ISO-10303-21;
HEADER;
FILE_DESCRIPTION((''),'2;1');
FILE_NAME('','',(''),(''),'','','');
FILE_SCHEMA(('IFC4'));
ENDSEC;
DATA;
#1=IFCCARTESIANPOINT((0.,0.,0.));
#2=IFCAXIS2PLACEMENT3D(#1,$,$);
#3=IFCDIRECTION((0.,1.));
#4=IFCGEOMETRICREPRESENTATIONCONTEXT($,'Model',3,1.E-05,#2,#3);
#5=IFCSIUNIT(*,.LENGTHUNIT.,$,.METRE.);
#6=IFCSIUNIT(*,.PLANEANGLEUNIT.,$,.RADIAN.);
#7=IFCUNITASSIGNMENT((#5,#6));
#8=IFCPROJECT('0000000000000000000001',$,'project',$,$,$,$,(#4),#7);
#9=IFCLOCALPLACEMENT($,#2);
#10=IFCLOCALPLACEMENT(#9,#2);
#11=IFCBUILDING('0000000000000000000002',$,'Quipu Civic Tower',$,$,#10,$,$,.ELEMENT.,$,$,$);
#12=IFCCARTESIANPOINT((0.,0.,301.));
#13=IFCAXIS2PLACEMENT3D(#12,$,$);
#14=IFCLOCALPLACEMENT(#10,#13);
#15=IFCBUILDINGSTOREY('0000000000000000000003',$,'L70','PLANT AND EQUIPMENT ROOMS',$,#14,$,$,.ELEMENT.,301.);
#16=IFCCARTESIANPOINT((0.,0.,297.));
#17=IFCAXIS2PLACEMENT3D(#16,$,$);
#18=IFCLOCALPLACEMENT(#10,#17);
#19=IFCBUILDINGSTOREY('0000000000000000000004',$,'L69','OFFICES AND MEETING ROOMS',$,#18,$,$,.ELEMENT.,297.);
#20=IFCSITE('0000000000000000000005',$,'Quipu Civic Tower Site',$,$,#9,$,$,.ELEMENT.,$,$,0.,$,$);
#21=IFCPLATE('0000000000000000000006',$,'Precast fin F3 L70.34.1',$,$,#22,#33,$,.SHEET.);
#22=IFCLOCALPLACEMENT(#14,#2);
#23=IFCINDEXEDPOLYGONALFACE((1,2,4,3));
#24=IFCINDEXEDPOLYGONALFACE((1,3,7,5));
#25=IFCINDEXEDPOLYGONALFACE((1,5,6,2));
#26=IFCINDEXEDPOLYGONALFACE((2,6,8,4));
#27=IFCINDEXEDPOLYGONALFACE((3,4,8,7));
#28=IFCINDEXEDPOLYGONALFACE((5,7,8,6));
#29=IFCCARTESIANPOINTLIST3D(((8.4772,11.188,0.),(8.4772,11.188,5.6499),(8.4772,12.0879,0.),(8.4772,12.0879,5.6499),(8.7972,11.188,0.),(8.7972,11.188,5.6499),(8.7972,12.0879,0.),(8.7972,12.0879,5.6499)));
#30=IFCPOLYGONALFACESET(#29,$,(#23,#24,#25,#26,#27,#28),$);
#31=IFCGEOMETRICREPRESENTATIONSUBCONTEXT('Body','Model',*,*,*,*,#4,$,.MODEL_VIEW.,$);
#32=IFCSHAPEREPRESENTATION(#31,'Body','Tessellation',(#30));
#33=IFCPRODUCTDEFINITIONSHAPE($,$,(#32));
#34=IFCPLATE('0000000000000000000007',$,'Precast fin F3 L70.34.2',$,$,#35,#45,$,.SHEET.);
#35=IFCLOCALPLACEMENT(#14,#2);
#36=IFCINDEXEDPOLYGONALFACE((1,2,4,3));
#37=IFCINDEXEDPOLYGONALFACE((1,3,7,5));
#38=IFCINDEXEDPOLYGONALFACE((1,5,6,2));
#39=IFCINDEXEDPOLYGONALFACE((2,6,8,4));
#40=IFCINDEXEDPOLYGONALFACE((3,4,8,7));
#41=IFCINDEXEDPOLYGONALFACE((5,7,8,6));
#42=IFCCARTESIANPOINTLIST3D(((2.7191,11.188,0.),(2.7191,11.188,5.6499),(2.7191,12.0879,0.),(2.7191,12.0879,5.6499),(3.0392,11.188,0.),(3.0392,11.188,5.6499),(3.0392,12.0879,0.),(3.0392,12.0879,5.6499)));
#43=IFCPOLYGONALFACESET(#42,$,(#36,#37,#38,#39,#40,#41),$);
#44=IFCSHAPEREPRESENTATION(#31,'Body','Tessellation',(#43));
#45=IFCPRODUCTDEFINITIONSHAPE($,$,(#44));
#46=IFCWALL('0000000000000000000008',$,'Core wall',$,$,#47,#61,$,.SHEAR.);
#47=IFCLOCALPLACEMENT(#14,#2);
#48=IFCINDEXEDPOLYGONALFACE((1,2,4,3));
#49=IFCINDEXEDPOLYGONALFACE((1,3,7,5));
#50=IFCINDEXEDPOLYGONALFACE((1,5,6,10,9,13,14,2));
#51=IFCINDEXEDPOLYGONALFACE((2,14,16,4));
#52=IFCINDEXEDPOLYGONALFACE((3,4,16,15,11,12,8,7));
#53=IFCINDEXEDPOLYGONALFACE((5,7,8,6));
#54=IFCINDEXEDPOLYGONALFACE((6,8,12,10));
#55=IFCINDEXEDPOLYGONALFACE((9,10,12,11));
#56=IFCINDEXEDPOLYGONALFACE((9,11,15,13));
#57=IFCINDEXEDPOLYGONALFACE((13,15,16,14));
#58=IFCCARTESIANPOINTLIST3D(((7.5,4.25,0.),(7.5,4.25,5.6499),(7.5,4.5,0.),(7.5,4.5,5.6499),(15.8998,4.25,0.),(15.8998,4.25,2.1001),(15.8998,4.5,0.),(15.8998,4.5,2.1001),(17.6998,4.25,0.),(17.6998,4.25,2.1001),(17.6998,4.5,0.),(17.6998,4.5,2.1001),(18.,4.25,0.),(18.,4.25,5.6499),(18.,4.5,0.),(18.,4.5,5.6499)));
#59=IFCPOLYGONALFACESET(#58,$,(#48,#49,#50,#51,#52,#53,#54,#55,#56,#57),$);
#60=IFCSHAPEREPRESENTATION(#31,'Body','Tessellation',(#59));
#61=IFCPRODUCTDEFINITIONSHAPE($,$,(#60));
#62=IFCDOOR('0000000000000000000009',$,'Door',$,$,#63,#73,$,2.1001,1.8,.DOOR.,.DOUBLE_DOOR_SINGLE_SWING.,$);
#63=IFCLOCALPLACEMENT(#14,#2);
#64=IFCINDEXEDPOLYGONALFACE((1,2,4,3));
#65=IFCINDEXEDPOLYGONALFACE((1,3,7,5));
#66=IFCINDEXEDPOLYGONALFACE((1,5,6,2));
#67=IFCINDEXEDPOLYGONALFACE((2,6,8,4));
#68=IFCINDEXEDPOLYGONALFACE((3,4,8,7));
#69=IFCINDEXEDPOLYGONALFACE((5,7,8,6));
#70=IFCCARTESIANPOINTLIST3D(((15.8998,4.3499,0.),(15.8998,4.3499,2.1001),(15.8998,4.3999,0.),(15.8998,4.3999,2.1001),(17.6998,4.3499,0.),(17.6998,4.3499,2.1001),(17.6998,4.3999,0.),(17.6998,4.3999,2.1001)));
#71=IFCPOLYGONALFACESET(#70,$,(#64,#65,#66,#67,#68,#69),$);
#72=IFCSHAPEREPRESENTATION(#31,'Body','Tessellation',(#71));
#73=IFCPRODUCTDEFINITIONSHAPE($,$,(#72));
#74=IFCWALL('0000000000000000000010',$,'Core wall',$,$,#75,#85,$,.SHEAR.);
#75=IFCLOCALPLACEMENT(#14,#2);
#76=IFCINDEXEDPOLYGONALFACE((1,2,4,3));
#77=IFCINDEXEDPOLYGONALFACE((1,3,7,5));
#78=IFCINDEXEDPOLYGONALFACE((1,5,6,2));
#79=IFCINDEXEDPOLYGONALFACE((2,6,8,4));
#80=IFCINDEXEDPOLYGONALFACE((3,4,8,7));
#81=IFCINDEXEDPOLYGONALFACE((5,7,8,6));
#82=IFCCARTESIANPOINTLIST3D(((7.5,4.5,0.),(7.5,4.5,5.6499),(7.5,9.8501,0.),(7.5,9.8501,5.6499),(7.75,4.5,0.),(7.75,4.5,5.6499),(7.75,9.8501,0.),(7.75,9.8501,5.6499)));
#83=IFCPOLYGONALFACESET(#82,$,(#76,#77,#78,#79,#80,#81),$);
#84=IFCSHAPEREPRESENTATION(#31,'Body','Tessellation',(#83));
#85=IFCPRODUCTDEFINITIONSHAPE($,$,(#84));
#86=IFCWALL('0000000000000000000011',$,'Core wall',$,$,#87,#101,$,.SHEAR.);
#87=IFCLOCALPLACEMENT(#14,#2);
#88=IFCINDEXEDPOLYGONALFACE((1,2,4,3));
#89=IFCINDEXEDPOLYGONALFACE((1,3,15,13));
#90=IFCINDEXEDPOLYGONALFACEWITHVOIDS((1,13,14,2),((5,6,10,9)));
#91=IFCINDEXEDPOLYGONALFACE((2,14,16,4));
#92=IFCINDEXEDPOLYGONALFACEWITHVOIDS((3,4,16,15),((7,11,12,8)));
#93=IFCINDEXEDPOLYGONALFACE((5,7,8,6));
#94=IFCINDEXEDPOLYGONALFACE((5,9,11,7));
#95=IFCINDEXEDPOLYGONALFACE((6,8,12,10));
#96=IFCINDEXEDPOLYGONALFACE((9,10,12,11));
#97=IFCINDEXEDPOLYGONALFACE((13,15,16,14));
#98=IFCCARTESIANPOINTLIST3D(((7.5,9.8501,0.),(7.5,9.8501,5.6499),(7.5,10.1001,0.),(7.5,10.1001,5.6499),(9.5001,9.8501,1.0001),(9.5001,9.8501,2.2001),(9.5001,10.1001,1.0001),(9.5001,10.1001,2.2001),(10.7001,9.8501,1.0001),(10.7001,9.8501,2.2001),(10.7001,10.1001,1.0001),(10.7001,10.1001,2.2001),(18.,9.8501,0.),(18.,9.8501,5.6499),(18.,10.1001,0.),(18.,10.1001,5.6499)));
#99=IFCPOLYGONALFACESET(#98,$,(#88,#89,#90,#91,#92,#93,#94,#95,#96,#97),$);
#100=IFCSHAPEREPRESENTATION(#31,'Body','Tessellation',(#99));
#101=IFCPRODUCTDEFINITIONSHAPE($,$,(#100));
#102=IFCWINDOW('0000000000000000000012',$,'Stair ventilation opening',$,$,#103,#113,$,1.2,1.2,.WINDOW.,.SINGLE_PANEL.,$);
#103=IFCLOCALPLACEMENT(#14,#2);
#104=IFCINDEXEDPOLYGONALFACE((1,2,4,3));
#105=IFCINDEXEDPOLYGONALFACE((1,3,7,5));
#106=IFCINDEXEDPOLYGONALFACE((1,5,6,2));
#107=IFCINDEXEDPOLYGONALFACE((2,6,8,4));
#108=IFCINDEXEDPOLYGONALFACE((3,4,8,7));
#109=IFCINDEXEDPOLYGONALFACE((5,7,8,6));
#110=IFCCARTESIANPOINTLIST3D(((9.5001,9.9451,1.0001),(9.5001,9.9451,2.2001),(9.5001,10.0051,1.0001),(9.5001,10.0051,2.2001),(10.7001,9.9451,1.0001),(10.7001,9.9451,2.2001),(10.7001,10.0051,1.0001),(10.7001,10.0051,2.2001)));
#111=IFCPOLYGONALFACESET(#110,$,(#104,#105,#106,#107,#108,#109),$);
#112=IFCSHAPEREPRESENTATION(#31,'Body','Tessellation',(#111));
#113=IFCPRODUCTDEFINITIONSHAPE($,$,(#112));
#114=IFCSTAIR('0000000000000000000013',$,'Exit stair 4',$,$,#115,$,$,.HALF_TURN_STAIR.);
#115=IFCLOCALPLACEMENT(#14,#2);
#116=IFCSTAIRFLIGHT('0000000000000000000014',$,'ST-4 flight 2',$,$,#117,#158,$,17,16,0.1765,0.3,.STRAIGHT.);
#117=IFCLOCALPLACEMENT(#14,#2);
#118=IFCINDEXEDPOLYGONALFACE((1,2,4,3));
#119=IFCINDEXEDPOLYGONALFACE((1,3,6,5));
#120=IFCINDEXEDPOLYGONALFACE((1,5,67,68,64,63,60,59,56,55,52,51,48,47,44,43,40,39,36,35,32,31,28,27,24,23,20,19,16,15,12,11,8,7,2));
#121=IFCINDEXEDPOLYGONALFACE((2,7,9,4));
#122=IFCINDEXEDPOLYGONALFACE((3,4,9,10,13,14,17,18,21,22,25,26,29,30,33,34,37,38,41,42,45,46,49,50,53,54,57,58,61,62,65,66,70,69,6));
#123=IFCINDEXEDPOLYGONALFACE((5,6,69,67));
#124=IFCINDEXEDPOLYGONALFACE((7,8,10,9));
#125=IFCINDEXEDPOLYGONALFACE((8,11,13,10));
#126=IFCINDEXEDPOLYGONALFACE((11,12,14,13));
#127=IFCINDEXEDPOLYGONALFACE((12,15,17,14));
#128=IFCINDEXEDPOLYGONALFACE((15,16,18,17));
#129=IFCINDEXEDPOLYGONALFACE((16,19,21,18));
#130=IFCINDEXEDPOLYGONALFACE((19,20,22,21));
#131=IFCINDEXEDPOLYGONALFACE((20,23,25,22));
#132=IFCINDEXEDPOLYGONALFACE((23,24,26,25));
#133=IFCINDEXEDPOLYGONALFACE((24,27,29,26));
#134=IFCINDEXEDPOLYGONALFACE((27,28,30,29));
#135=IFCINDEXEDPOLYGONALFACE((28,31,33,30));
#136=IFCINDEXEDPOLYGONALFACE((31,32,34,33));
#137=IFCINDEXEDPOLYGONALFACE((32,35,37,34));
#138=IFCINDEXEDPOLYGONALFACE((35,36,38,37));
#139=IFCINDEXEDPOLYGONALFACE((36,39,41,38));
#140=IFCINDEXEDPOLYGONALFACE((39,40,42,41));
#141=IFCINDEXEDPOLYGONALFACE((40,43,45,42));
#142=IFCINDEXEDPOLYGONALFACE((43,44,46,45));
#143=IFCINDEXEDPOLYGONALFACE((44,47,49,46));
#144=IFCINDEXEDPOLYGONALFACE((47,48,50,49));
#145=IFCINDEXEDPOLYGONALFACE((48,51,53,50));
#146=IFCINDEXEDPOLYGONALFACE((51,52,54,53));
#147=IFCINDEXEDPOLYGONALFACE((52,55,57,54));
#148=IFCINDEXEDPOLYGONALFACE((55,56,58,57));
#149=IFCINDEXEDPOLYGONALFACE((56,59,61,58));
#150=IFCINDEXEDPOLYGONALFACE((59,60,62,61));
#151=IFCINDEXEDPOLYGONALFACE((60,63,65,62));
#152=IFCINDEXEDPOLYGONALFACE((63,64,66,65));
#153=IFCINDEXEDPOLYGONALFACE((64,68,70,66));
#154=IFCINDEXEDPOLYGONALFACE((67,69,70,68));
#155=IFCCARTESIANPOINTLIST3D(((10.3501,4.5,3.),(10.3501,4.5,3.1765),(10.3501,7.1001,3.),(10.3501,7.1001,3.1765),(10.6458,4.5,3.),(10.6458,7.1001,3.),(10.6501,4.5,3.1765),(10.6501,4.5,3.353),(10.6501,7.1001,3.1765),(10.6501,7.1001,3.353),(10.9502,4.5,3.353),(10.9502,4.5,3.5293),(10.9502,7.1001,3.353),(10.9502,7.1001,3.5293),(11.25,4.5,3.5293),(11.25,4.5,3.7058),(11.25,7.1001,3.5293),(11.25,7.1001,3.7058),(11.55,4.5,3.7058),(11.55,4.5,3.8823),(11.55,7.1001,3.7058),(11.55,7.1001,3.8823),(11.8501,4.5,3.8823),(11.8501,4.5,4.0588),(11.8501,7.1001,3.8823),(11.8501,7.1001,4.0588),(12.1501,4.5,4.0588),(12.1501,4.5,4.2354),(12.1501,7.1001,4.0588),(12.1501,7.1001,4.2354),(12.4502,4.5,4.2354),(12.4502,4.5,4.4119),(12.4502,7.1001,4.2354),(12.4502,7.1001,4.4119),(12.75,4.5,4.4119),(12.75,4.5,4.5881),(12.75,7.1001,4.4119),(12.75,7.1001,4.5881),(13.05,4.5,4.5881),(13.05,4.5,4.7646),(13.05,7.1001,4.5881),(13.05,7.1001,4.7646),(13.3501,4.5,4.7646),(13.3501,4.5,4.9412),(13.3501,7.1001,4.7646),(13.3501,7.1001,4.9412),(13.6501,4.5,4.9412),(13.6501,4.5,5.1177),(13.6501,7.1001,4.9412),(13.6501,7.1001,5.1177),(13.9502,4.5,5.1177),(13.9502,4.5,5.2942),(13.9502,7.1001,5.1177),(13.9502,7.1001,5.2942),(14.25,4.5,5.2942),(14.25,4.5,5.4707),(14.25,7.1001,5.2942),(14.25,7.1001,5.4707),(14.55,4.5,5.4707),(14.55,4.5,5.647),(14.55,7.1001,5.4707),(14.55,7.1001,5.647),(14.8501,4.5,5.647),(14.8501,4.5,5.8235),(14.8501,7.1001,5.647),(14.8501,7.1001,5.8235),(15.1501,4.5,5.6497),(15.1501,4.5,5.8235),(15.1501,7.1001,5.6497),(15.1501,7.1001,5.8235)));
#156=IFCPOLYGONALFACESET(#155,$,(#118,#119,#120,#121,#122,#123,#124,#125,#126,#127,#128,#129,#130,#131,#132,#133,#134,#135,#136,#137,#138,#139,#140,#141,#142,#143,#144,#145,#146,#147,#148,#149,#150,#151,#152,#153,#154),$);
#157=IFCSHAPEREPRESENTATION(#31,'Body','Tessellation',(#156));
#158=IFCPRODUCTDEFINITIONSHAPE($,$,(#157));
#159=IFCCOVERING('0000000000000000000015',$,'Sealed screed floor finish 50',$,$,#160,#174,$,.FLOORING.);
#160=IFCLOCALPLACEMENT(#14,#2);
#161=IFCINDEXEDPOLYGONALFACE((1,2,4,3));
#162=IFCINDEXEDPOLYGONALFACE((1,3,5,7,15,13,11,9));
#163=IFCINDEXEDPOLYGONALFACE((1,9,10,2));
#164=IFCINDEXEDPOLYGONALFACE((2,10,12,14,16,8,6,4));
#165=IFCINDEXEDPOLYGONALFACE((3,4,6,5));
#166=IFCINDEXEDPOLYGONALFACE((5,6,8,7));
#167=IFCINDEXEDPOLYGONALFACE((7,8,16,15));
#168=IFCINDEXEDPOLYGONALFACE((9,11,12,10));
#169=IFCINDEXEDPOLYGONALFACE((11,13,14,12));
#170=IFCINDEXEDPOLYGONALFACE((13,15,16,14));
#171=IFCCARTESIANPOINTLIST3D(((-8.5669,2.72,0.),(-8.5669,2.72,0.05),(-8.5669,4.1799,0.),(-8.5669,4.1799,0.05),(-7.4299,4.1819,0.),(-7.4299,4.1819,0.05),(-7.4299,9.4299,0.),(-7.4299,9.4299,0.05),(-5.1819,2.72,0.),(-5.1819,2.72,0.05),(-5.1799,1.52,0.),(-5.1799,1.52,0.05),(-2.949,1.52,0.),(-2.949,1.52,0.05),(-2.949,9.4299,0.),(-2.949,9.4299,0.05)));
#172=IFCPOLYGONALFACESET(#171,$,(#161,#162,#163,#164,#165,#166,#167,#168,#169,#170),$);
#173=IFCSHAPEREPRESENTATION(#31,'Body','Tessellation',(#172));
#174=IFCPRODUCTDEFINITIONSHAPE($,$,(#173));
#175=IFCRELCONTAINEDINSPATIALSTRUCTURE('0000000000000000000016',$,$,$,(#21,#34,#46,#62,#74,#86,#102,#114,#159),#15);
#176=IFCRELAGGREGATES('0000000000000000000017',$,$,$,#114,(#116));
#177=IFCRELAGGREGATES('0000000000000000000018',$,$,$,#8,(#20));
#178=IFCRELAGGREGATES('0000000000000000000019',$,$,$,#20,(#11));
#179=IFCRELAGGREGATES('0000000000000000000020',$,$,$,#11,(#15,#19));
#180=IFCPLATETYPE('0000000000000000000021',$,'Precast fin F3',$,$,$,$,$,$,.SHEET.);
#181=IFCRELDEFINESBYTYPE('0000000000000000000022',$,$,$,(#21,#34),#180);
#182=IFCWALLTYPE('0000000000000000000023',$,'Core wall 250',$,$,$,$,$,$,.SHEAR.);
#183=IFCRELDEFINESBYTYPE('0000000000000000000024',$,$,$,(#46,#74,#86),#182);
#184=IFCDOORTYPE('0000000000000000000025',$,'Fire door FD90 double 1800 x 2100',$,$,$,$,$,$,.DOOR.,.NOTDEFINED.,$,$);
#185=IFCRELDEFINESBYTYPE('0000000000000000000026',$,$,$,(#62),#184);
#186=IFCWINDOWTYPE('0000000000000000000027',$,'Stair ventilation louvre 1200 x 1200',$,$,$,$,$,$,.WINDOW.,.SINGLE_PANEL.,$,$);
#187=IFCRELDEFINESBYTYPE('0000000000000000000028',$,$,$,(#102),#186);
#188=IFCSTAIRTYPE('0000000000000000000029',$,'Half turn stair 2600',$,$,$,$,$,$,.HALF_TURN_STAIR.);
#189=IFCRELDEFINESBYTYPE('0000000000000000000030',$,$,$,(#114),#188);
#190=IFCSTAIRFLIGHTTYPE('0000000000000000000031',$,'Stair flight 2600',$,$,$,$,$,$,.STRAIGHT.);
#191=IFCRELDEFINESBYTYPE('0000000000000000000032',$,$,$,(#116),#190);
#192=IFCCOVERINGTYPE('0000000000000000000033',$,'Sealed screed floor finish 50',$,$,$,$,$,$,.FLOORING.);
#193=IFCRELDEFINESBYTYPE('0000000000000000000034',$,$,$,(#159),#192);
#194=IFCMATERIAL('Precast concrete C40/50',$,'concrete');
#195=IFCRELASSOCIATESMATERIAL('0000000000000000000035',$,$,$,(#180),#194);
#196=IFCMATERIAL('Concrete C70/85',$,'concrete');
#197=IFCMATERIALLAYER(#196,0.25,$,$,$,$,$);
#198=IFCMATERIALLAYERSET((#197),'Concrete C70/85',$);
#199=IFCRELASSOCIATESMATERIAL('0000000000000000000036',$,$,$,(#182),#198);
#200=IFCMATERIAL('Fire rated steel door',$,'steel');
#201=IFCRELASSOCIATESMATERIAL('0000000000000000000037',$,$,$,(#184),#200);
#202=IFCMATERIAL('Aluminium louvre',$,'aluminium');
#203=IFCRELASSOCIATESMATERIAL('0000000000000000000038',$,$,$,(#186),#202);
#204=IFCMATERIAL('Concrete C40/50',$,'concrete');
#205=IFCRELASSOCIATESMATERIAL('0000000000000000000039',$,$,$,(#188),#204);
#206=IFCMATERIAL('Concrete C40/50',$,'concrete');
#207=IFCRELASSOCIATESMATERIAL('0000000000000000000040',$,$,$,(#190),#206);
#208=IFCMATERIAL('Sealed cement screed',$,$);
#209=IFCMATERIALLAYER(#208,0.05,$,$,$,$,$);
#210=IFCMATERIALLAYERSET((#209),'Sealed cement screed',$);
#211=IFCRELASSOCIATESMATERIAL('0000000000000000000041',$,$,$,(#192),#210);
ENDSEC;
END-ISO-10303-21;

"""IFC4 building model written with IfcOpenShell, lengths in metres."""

from ifc_helpers import new_model, si_unit, direction, frame, frame_2d, origin, origin_2d, place, context, subcontext, project, spatial, polyline, rectangle, outline, extrude, material, layer, layer_set, type_object, element, fill, aggregate, save


model = new_model("IFC4")

# Units and contexts
model_context = context("Model", 3, precision=1e-05, world=origin(), true_north=direction((0.0, 1.0)))
body_context = subcontext(model_context, "Body", "Model", "MODEL_VIEW")
ifc_project = project(units=[si_unit("LENGTHUNIT", "METRE"), si_unit("PLANEANGLEUNIT", "RADIAN")], contexts=[model_context])

# Site, building, storey
site_placement = place(None, origin())
site = spatial("IfcSite", under=ifc_project, at=site_placement, Name="Quipu Civic Tower Site", CompositionType="ELEMENT", RefElevation=0.0)
building_placement = place(site_placement, origin())
building = spatial("IfcBuilding", under=site, at=building_placement, Name="Quipu Civic Tower", CompositionType="ELEMENT")
storey_1_placement = place(building_placement, frame((0.0, 0.0, 301.0)))
storey_1 = spatial("IfcBuildingStorey", under=building, at=storey_1_placement, Name="L70", Description="PLANT AND EQUIPMENT ROOMS", CompositionType="ELEMENT", Elevation=301.0)

# Shared definitions
storey_2_placement = place(building_placement, frame((0.0, 0.0, 297.0)))
storey_2 = spatial("IfcBuildingStorey", under=building, at=storey_2_placement, Name="L69", Description="OFFICES AND MEETING ROOMS", CompositionType="ELEMENT", Elevation=297.0)

# Plates
ifc_material_1 = material(Name="Precast concrete C40/50", Category="concrete")
plate_type = type_object("IfcPlateType", Name="Precast fin F3", PredefinedType="SHEET", material=ifc_material_1)
for number, where, z_axis, x_axis, name in (
    (1, (8.6372, 11.6379, 0.0), (0.0, 0.0, 1.0), (-1.0, 0.0, 0.0), "Precast fin F3 L70.34.1"),
    (2, (2.8792, 11.6379, 0.0), (0.0, 0.0, 1.0), (-1.0, 0.0, 0.0), "Precast fin F3 L70.34.2"),
):
    element("IfcPlate", number, at=place(storey_1_placement, frame(where, z_axis=z_axis, x_axis=x_axis)), inside=storey_1, type_object=plate_type, Name=name, PredefinedType="SHEET", context=body_context, shape_type="SweptSolid", body=[
        extrude(rectangle(XDim=0.3201, YDim=0.8999, at=origin_2d()), origin(), (0.0, 0.0, 1.0), 5.6499),
    ])

# Wall, opening, door
ifc_material_2 = material(Name="Concrete C70/85", Category="concrete")
ifc_layer_1 = layer(ifc_material_2, 0.25)
ifc_layer_set_1 = layer_set([ifc_layer_1], Name="Concrete C70/85")
wall_type = type_object("IfcWallType", Name="Core wall 250", PredefinedType="SHEAR", material=ifc_layer_set_1)
wall_1_placement = place(storey_1_placement, frame((7.5, 4.375, 0.0), z_axis=(0.0, 0.0, 1.0), x_axis=(1.0, 0.0, 0.0)))
wall_1 = element("IfcWall", 3, at=wall_1_placement, inside=storey_1, type_object=wall_type, Name="Core wall", PredefinedType="SHEAR", context=body_context, shape_type="SweptSolid", body=[
    extrude(rectangle(XDim=10.5, YDim=0.25, at=frame_2d((5.25, 0.0))), origin(), (0.0, 0.0, 1.0), 5.6499),
])
opening_1_placement = place(wall_1_placement, frame((8.3999, 0.0, 0.0)))
opening_1 = element("IfcOpeningElement", 4, at=opening_1_placement, cuts=wall_1, PredefinedType="OPENING", context=body_context, shape_type="SweptSolid", body=[
    extrude(rectangle(XDim=1.8, YDim=2.1001, at=frame_2d((0.8999, 1.05))), frame((0.0, 0.135, 0.0), z_axis=(0.0, -1.0, 0.0), x_axis=(1.0, 0.0, 0.0)), (0.0, 0.0, 1.0), 0.27),
])
ifc_material_3 = material(Name="Fire rated steel door", Category="steel")
door_type = type_object("IfcDoorType", Name="Fire door FD90 double 1800 x 2100", OperationType="NOTDEFINED", PredefinedType="DOOR", material=ifc_material_3)
door_placement = place(opening_1_placement, origin())
door = element("IfcDoor", 5, at=door_placement, inside=storey_1, type_object=door_type, Name="Door", OperationType="DOUBLE_DOOR_SINGLE_SWING", OverallHeight=2.1001, OverallWidth=1.8, PredefinedType="DOOR", context=body_context, shape_type="SweptSolid", body=[
    extrude(rectangle(XDim=1.8, YDim=2.1001, at=frame_2d((0.8999, 1.05))), frame((0.0, 0.0249, 0.0), z_axis=(0.0, -1.0, 0.0), x_axis=(1.0, 0.0, 0.0)), (0.0, 0.0, 1.0), 0.05),
])
fill(opening_1, door)

# Wall
wall_2_placement = place(storey_1_placement, frame((7.625, 4.5, 0.0), z_axis=(0.0, 0.0, 1.0), x_axis=(0.0, 1.0, 0.0)))
element("IfcWall", 6, at=wall_2_placement, inside=storey_1, type_object=wall_type, Name="Core wall", PredefinedType="SHEAR", context=body_context, shape_type="SweptSolid", body=[
    extrude(rectangle(XDim=5.3501, YDim=0.25, at=frame_2d((2.675, 0.0))), origin(), (0.0, 0.0, 1.0), 5.6499),
])

# Wall, opening, window
wall_3_placement = place(storey_1_placement, frame((7.5, 9.9751, 0.0), z_axis=(0.0, 0.0, 1.0), x_axis=(1.0, 0.0, 0.0)))
wall_3 = element("IfcWall", 7, at=wall_3_placement, inside=storey_1, type_object=wall_type, Name="Core wall", PredefinedType="SHEAR", context=body_context, shape_type="SweptSolid", body=[
    extrude(rectangle(XDim=10.5, YDim=0.25, at=frame_2d((5.25, 0.0))), origin(), (0.0, 0.0, 1.0), 5.6499),
])
opening_2_placement = place(wall_3_placement, frame((2.0, 0.0, 1.0)))
opening_2 = element("IfcOpeningElement", 8, at=opening_2_placement, cuts=wall_3, PredefinedType="OPENING", context=body_context, shape_type="SweptSolid", body=[
    extrude(rectangle(XDim=1.2, YDim=1.2, at=frame_2d((0.6001, 0.6001))), frame((0.0, 0.135, 0.0), z_axis=(0.0, -1.0, 0.0), x_axis=(1.0, 0.0, 0.0)), (0.0, 0.0, 1.0), 0.27),
])
ifc_material_4 = material(Name="Aluminium louvre", Category="aluminium")
window_type = type_object("IfcWindowType", Name="Stair ventilation louvre 1200 x 1200", PartitioningType="SINGLE_PANEL", PredefinedType="WINDOW", material=ifc_material_4)
window_placement = place(opening_2_placement, origin())
window = element("IfcWindow", 9, at=window_placement, inside=storey_1, type_object=window_type, Name="Stair ventilation opening", OverallHeight=1.2, OverallWidth=1.2, PartitioningType="SINGLE_PANEL", PredefinedType="WINDOW", context=body_context, shape_type="SweptSolid", body=[
    extrude(rectangle(XDim=1.2, YDim=1.2, at=frame_2d((0.6001, 0.6001))), frame((0.0, 0.03, 0.0), z_axis=(0.0, -1.0, 0.0), x_axis=(1.0, 0.0, 0.0)), (0.0, 0.0, 1.0), 0.0601),
])
fill(opening_2, window)

# Stair, stair flight
ifc_material_5 = material(Name="Concrete C40/50", Category="concrete")
stair_type = type_object("IfcStairType", Name="Half turn stair 2600", PredefinedType="HALF_TURN_STAIR", material=ifc_material_5)
stair_placement = place(storey_1_placement, origin())
stair = element("IfcStair", 10, at=stair_placement, inside=storey_1, type_object=stair_type, Name="Exit stair 4", PredefinedType="HALF_TURN_STAIR")
ifc_material_6 = material(Name="Concrete C40/50", Category="concrete")
stair_flight_type = type_object("IfcStairFlightType", Name="Stair flight 2600", PredefinedType="STRAIGHT", material=ifc_material_6)
stair_flight_placement = place(storey_1_placement, frame((10.3501, 5.8, 3.0), z_axis=(0.0, 0.0, 1.0), x_axis=(1.0, 0.0, 0.0)))
stair_flight = element("IfcStairFlight", 11, at=stair_flight_placement, type_object=stair_flight_type, Name="ST-4 flight 2", NumberOfRisers=17, NumberOfTreads=16, PredefinedType="STRAIGHT", RiserHeight=0.1765, TreadLength=0.3, context=body_context, shape_type="SweptSolid", body=[
    extrude(outline(polyline([(0.0, 0.0), (0.0, 0.1765), (0.3, 0.1765), (0.3, 0.353), (0.6001, 0.353), (0.6001, 0.5293), (0.8999, 0.5293), (0.8999, 0.7058), (1.2, 0.7058), (1.2, 0.8823), (1.5, 0.8823), (1.5, 1.0588), (1.8, 1.0588), (1.8, 1.2354), (2.1001, 1.2354), (2.1001, 1.4119), (2.3999, 1.4119), (2.3999, 1.5881), (2.7, 1.5881), (2.7, 1.7646), (3.0, 1.7646), (3.0, 1.9412), (3.3, 1.9412), (3.3, 2.1177), (3.6001, 2.1177), (3.6001, 2.2942), (3.8999, 2.2942), (3.8999, 2.4707), (4.2, 2.4707), (4.2, 2.647), (4.5, 2.647), (4.5, 2.8235), (4.8, 2.8235), (4.8, 3.0), (4.8, 2.6497), (0.2957, 0.0), (0.0, 0.0)])), frame((0.0, 1.3, 0.0), z_axis=(0.0, -1.0, 0.0), x_axis=(1.0, 0.0, 0.0)), (0.0, 0.0, 1.0), 2.6001),
])
aggregate(stair, [stair_flight])

# Covering
ifc_material_7 = material(Name="Sealed cement screed")
ifc_layer_2 = layer(ifc_material_7, 0.05)
ifc_layer_set_2 = layer_set([ifc_layer_2], Name="Sealed cement screed")
covering_type = type_object("IfcCoveringType", Name="Sealed screed floor finish 50", PredefinedType="FLOORING", material=ifc_layer_set_2)
covering_1_placement = place(storey_1_placement, origin())
element("IfcCovering", 12, at=covering_1_placement, inside=storey_1, type_object=covering_type, Name="Sealed screed floor finish 50", PredefinedType="FLOORING", context=body_context, shape_type="SweptSolid", body=[
    extrude(outline(polyline([(-8.5669, 2.72), (-8.5669, 4.1799), (-7.4299, 4.1819), (-7.4299, 9.4299), (-2.949, 9.4299), (-2.949, 1.52), (-5.1799, 1.52), (-5.1819, 2.72), (-8.5669, 2.72)])), origin(), (0.0, 0.0, 1.0), 0.05),
])

save(model, "model.ifc")
